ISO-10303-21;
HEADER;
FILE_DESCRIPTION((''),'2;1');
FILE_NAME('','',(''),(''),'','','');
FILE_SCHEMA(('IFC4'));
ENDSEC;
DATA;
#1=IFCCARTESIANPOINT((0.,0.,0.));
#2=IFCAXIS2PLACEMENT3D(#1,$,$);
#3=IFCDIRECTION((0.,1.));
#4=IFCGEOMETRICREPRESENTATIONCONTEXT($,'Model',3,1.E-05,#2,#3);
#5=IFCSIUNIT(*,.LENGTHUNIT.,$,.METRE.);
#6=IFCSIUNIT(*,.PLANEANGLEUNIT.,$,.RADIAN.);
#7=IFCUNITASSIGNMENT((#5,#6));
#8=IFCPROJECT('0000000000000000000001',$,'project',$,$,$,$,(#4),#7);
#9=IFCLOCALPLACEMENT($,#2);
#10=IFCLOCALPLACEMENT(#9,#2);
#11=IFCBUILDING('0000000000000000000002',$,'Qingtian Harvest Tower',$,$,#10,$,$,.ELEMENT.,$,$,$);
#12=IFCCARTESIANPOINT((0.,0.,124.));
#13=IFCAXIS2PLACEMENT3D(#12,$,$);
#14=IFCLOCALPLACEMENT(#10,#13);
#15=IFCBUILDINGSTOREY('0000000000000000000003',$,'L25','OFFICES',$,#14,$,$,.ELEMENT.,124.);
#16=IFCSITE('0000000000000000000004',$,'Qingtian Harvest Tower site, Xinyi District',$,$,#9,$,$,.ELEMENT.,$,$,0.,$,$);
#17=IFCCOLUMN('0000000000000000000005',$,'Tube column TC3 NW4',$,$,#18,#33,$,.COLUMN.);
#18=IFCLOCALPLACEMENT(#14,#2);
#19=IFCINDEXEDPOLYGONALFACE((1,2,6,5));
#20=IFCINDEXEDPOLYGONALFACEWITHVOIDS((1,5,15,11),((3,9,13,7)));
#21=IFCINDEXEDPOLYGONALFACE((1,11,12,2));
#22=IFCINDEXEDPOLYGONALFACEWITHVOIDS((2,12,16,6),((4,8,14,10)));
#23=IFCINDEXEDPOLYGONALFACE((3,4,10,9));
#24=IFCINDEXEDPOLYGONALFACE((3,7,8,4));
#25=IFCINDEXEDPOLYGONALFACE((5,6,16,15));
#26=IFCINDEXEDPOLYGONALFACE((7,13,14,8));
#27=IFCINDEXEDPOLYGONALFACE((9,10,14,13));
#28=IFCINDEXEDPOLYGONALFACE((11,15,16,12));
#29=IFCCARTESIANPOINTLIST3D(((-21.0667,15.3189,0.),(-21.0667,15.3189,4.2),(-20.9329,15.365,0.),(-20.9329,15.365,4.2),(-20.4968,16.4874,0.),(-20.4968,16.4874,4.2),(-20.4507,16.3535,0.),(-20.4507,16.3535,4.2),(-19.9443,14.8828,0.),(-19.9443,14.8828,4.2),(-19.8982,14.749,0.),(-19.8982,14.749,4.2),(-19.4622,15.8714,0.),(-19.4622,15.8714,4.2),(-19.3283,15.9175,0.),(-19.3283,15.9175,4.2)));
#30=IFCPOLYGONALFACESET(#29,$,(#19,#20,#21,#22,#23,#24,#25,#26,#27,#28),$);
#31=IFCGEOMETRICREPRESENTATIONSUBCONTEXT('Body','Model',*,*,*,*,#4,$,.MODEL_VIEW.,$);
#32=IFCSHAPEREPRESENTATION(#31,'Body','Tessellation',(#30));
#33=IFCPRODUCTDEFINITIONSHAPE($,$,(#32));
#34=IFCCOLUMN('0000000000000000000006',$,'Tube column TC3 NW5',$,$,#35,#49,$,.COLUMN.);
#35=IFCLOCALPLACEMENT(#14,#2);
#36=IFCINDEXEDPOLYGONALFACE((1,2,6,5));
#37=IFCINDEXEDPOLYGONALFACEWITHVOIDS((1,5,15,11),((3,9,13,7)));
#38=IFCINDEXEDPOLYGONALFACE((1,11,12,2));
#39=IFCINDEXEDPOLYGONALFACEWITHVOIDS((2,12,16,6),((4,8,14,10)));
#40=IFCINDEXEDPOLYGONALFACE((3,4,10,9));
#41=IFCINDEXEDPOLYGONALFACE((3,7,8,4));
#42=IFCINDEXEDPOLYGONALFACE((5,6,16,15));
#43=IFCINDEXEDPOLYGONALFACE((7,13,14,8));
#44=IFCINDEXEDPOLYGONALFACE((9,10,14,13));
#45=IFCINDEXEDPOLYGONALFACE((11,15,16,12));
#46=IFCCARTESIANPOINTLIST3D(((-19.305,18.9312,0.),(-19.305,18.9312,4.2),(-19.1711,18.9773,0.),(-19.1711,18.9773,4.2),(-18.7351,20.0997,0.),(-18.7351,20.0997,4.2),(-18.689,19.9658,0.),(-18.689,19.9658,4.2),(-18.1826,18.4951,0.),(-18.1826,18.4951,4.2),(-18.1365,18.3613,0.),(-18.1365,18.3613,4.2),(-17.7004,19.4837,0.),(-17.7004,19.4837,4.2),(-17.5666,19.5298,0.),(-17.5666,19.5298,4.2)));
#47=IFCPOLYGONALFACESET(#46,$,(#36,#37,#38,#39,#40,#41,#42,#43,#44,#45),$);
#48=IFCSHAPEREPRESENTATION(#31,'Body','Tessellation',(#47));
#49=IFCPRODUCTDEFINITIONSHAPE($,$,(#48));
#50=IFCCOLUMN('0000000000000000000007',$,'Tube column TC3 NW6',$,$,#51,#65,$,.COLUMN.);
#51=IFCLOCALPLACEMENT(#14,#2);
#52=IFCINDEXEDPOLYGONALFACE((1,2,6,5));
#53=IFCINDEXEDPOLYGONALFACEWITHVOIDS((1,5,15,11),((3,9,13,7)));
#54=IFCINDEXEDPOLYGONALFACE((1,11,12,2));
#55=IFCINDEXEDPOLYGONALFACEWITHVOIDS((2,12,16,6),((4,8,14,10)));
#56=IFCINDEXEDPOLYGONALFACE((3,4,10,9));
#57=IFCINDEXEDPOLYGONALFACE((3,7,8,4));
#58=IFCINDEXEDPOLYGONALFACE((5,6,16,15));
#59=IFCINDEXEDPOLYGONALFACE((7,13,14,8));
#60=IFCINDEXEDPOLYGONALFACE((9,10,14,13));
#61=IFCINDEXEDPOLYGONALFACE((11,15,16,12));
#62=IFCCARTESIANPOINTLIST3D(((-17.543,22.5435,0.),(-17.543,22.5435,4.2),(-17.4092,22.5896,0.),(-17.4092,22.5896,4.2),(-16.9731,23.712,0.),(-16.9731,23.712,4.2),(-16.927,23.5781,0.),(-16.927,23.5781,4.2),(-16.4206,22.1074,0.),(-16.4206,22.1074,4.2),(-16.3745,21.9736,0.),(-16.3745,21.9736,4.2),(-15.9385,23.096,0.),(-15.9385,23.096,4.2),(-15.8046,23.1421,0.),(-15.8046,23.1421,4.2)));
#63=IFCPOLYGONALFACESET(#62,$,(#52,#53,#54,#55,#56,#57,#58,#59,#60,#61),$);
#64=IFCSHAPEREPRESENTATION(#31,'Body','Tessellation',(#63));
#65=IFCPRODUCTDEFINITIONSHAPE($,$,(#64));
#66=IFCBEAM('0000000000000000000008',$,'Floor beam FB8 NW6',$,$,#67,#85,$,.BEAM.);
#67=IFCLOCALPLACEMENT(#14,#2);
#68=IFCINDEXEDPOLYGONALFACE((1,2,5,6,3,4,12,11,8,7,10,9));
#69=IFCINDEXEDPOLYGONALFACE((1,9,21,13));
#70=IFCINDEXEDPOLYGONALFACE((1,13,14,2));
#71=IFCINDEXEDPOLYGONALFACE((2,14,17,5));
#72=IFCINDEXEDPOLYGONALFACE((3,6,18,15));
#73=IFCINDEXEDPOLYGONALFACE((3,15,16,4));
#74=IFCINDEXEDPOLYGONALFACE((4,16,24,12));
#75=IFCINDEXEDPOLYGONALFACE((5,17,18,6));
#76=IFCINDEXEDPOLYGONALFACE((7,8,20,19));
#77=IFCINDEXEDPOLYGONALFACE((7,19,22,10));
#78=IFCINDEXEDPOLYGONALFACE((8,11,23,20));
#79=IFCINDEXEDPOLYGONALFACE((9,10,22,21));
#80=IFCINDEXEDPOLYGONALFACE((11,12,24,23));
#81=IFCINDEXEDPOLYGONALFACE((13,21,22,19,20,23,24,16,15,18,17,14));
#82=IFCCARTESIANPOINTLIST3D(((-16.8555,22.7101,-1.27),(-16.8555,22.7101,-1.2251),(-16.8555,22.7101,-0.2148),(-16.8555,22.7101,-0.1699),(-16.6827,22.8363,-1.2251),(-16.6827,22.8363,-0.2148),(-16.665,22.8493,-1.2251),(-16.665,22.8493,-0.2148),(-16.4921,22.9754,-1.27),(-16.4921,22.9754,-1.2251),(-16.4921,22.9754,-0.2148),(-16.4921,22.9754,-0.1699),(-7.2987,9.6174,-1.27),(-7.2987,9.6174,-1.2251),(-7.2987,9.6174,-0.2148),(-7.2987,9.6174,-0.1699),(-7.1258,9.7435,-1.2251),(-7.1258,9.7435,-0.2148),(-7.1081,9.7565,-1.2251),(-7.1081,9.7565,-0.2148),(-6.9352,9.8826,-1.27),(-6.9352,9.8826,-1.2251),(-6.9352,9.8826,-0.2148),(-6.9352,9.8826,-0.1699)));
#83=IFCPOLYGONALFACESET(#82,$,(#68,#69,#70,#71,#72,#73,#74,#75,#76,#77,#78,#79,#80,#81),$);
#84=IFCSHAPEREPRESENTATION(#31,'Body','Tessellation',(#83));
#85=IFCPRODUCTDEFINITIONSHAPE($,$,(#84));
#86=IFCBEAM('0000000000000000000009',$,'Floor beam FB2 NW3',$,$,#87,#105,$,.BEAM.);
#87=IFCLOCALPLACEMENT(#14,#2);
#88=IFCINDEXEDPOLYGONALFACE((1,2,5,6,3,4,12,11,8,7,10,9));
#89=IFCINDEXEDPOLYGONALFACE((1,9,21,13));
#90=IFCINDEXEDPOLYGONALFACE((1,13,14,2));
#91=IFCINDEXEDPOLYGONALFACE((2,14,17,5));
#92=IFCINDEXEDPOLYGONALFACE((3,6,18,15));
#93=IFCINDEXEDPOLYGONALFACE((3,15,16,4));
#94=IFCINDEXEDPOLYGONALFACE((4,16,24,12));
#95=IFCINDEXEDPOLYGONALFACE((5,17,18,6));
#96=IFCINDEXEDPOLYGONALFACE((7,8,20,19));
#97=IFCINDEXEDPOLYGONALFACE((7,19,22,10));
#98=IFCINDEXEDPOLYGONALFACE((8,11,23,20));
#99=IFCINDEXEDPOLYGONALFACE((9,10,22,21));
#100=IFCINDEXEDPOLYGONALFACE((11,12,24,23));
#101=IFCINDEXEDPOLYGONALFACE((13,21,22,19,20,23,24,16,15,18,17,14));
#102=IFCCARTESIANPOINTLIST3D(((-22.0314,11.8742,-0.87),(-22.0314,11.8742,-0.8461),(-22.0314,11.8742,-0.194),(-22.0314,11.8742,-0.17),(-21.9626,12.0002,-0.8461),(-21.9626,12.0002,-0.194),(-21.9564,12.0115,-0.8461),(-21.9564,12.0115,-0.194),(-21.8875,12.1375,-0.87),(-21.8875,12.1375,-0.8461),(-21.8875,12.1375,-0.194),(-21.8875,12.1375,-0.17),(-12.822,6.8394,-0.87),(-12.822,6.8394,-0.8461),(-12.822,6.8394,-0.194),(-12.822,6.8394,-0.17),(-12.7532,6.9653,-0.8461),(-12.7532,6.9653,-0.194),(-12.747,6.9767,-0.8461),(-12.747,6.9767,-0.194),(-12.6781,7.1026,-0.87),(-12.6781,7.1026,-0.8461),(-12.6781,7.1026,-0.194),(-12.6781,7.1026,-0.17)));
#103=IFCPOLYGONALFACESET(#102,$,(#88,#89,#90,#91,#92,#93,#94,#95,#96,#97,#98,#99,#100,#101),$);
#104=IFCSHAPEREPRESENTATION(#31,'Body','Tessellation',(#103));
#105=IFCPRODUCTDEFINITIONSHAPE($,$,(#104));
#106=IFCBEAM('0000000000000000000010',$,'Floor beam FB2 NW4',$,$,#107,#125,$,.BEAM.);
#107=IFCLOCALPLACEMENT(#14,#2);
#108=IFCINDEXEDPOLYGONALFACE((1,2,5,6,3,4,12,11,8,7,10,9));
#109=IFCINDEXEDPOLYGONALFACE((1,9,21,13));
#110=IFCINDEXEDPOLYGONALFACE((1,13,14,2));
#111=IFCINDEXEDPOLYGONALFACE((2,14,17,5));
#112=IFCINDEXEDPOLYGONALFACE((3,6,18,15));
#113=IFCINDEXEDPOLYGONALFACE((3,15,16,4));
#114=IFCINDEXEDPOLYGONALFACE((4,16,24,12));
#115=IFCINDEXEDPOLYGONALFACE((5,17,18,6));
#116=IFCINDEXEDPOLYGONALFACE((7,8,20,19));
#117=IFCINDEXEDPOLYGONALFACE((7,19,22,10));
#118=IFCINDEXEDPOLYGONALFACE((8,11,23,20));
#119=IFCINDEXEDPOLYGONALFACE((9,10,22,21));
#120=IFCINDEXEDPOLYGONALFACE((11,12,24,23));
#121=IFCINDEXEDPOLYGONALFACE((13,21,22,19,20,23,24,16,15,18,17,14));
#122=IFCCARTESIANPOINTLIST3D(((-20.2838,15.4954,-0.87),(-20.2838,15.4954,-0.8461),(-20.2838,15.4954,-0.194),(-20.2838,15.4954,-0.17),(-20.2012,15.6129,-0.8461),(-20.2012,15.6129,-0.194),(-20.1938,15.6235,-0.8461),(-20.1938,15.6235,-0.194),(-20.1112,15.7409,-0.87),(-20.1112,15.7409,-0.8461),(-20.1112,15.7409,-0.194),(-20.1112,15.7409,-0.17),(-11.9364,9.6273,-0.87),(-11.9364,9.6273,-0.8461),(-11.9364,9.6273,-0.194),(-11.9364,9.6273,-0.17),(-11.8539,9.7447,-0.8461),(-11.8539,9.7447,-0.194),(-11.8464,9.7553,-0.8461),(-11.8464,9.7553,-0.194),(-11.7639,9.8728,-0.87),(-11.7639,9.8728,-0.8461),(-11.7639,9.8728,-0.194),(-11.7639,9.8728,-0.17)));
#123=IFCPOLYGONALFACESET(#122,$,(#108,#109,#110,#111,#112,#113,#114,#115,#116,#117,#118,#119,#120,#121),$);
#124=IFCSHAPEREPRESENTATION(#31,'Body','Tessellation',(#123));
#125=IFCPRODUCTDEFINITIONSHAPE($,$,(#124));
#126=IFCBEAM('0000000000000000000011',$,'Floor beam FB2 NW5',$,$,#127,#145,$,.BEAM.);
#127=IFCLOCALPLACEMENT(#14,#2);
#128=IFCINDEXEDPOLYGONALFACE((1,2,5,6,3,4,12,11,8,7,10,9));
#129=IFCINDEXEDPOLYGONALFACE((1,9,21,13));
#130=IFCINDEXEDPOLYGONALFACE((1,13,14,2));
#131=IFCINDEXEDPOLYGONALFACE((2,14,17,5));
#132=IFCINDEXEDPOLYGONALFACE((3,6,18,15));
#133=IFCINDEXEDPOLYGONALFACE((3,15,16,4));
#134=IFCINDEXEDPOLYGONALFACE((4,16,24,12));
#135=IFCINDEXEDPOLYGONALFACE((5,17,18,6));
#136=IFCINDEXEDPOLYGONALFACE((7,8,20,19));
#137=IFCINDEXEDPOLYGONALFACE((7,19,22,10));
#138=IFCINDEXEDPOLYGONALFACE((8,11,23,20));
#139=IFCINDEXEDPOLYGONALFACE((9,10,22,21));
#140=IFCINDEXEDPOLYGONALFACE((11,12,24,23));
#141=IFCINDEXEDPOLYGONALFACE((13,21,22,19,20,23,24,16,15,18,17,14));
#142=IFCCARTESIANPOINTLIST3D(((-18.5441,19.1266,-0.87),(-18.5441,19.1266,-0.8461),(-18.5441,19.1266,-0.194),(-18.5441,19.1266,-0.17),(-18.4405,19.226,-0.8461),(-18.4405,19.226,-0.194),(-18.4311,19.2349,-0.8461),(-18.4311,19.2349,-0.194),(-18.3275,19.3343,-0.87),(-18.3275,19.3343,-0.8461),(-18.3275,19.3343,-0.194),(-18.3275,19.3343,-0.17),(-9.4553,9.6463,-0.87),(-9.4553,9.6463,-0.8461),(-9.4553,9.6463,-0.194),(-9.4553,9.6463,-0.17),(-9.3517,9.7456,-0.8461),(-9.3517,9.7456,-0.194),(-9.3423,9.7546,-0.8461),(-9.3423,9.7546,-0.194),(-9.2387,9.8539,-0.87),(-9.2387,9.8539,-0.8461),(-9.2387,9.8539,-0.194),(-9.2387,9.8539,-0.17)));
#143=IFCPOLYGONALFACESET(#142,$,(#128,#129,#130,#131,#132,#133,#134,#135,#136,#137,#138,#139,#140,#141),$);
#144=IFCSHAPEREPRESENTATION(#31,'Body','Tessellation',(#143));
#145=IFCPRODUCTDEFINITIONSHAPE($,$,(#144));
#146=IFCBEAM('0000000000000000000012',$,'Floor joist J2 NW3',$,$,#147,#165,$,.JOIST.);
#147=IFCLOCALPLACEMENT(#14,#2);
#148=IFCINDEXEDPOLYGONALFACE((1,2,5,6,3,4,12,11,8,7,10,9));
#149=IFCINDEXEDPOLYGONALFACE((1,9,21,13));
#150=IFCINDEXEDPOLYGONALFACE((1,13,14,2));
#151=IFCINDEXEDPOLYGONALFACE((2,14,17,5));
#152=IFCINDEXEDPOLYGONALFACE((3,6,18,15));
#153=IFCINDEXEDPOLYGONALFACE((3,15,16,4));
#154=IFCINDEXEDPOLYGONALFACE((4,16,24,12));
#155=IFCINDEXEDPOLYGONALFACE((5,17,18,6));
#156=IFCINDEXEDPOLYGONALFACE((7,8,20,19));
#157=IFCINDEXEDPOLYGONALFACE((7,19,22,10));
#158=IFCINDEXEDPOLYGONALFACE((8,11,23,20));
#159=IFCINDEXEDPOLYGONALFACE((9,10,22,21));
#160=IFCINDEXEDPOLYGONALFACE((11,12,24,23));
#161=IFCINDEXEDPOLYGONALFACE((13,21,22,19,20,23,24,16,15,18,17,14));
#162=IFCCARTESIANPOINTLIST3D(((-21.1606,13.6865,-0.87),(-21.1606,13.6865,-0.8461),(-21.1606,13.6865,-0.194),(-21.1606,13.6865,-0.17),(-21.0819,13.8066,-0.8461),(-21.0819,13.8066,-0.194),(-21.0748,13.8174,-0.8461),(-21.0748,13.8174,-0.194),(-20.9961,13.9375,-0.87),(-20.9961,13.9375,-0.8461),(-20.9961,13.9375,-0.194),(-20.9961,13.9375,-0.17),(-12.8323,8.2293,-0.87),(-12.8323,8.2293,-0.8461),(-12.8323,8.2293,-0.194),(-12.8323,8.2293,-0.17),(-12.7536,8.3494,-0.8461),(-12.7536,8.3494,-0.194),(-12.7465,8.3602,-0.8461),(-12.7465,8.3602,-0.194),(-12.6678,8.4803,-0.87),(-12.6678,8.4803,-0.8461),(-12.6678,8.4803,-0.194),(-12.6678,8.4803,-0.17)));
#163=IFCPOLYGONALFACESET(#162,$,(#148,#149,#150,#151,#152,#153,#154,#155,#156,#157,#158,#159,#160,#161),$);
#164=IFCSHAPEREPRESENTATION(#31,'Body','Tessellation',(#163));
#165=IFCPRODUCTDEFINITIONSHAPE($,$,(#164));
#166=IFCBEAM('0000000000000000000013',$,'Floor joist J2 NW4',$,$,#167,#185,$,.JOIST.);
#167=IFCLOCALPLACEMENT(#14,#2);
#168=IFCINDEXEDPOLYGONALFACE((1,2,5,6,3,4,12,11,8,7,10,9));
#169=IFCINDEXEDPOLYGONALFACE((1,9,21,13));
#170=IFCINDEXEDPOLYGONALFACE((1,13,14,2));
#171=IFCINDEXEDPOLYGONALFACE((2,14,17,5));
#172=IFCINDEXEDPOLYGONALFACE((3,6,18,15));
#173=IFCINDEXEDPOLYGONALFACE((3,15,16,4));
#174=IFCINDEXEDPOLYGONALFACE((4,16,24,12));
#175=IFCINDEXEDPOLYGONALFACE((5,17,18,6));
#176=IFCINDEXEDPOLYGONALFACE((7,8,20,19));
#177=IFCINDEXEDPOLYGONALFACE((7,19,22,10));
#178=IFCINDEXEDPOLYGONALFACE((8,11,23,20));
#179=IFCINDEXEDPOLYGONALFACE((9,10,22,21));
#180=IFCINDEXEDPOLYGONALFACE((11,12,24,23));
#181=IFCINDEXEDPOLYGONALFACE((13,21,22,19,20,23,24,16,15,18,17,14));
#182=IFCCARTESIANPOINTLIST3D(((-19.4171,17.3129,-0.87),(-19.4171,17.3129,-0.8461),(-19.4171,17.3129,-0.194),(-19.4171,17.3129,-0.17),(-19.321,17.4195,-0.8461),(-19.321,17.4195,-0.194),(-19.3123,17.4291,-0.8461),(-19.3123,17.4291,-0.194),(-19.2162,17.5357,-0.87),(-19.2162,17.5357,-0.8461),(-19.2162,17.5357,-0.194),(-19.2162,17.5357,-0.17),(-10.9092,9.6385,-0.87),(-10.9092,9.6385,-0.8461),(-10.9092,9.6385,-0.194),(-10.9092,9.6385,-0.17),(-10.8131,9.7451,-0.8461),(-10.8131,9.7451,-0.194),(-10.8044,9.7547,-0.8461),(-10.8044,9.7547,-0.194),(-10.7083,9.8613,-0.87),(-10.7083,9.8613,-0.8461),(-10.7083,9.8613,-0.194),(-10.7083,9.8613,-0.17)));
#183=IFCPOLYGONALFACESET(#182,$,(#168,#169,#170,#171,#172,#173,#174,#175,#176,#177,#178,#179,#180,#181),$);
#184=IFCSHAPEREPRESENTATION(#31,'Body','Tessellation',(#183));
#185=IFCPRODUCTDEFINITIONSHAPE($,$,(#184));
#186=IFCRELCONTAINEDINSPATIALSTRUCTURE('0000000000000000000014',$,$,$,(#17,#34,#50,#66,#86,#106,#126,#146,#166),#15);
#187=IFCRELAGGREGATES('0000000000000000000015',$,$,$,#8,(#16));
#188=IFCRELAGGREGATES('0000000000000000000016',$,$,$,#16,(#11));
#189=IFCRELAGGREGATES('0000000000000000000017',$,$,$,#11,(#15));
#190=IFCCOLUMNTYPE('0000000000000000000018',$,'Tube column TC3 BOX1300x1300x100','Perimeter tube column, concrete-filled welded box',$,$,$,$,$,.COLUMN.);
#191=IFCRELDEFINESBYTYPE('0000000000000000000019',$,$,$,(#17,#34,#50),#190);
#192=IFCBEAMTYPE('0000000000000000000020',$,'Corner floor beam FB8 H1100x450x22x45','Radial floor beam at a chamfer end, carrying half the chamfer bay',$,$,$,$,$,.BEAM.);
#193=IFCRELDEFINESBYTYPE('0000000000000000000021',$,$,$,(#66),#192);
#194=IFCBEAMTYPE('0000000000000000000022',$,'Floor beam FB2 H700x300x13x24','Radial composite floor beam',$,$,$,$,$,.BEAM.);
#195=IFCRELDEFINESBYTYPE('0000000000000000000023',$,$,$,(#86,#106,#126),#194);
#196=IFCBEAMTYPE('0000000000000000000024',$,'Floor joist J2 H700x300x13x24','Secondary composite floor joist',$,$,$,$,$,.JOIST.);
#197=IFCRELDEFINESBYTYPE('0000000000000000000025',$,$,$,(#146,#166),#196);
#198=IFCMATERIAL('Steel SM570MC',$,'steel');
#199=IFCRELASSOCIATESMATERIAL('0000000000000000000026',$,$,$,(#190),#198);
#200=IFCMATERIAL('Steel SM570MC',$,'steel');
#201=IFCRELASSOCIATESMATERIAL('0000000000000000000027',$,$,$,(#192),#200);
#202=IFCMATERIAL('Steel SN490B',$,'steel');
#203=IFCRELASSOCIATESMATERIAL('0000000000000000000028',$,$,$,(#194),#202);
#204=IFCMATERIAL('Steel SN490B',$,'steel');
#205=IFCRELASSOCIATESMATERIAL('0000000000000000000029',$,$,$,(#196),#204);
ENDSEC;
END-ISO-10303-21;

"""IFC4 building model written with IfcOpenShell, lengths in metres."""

from ifc_helpers import new_model, si_unit, direction, frame, origin, origin_2d, place, context, subcontext, project, spatial, hollow_rectangle, i_section, extrude, material, material_profile, profile_set, type_object, element, save


model = new_model("IFC4")

# Units and contexts
model_context = context("Model", 3, precision=1e-05, world=origin(), true_north=direction((0.0, 1.0)))
body_context = subcontext(model_context, "Body", "Model", "MODEL_VIEW")
ifc_project = project(units=[si_unit("LENGTHUNIT", "METRE"), si_unit("PLANEANGLEUNIT", "RADIAN")], contexts=[model_context])

# Site, building, storey
site_placement = place(None, origin())
site = spatial("IfcSite", under=ifc_project, at=site_placement, Name="Qingtian Harvest Tower site, Xinyi District", CompositionType="ELEMENT", RefElevation=0.0)
building_placement = place(site_placement, origin())
building = spatial("IfcBuilding", under=site, at=building_placement, Name="Qingtian Harvest Tower", CompositionType="ELEMENT")
storey_placement = place(building_placement, frame((0.0, 0.0, 124.0)))
storey = spatial("IfcBuildingStorey", under=building, at=storey_placement, Name="L25", Description="OFFICES", CompositionType="ELEMENT", Elevation=124.0)

# Columns
ifc_material_1 = material(Name="Steel SM570MC", Category="steel")
ifc_material_profile_1 = material_profile(ifc_material_1, hollow_rectangle(XDim=1.3, YDim=1.3, WallThickness=0.1001, at=origin_2d()), Name="BOX1300x1300x100")
ifc_profile_set_1 = profile_set([ifc_material_profile_1], Name="Steel SM570MC")
column_type = type_object("IfcColumnType", Name="Tube column TC3 BOX1300x1300x100", Description="Perimeter tube column, concrete-filled welded box", PredefinedType="COLUMN", material=ifc_profile_set_1)
for number, where, z_axis, x_axis, name in (
    (1, (-20.1975, 15.6182, 0.0), (0.0, 0.0, 1.0), (-0.438371, -0.898794, 0.0), "Tube column TC3 NW4"),
    (2, (-18.4358, 19.2305, 0.0), (0.0, 0.0, 1.0), (-0.438371, -0.898794, 0.0), "Tube column TC3 NW5"),
    (3, (-16.6738, 22.8428, 0.0), (0.0, 0.0, 1.0), (-0.438371, -0.898794, 0.0), "Tube column TC3 NW6"),
):
    element("IfcColumn", number, at=place(storey_placement, frame(where, z_axis=z_axis, x_axis=x_axis)), inside=storey, type_object=column_type, Name=name, PredefinedType="COLUMN", context=body_context, shape_type="SweptSolid", body=[
        extrude(hollow_rectangle(XDim=1.3, YDim=1.3, WallThickness=0.1001, at=origin_2d()), origin(), (0.0, 0.0, 1.0), 4.2),
    ])

# Beams
ifc_material_2 = material(Name="Steel SM570MC", Category="steel")
ifc_material_profile_2 = material_profile(ifc_material_2, i_section(OverallWidth=0.45, OverallDepth=1.1001, WebThickness=0.022, FlangeThickness=0.0449, at=origin_2d()), Name="H1100x450x22x45")
ifc_profile_set_2 = profile_set([ifc_material_profile_2], Name="Steel SM570MC")
beam_type_1 = type_object("IfcBeamType", Name="Corner floor beam FB8 H1100x450x22x45", Description="Radial floor beam at a chamfer end, carrying half the chamfer bay", PredefinedType="BEAM", material=ifc_profile_set_2)
beam_1_placement = place(storey_placement, frame((-16.6738, 22.8428, -0.72), z_axis=(0.589578, -0.807712, 0.0), x_axis=(0.807712, 0.589578, 0.0)))
element("IfcBeam", 4, at=beam_1_placement, inside=storey, type_object=beam_type_1, Name="Floor beam FB8 NW6", PredefinedType="BEAM", context=body_context, shape_type="SweptSolid", body=[
    extrude(i_section(OverallWidth=0.45, OverallDepth=1.1001, WebThickness=0.022, FlangeThickness=0.0449, at=origin_2d()), origin(), (0.0, 0.0, 1.0), 16.2097),
])
ifc_material_3 = material(Name="Steel SN490B", Category="steel")
ifc_material_profile_3 = material_profile(ifc_material_3, i_section(OverallWidth=0.3, OverallDepth=0.7, WebThickness=0.0129, FlangeThickness=0.0239, at=origin_2d()), Name="H700x300x13x24")
ifc_profile_set_3 = profile_set([ifc_material_profile_3], Name="Steel SN490B")
beam_type_2 = type_object("IfcBeamType", Name="Floor beam FB2 H700x300x13x24", Description="Radial composite floor beam", PredefinedType="BEAM", material=ifc_profile_set_3)
beam_2_placement = place(storey_placement, frame((-21.9595, 12.0059, -0.52), z_axis=(0.877432, -0.479701, 0.0), x_axis=(0.479701, 0.877432, 0.0)))
element("IfcBeam", 5, at=beam_2_placement, inside=storey, type_object=beam_type_2, Name="Floor beam FB2 NW3", PredefinedType="BEAM", context=body_context, shape_type="SweptSolid", body=[
    extrude(i_section(OverallWidth=0.3, OverallDepth=0.7, WebThickness=0.0129, FlangeThickness=0.0239, at=origin_2d()), origin(), (0.0, 0.0, 1.0), 10.4958),
])
beam_3_placement = place(storey_placement, frame((-20.1975, 15.6182, -0.52), z_axis=(0.81808, -0.575104, 0.0), x_axis=(0.575104, 0.81808, 0.0)))
element("IfcBeam", 6, at=beam_3_placement, inside=storey, type_object=beam_type_2, Name="Floor beam FB2 NW4", PredefinedType="BEAM", context=body_context, shape_type="SweptSolid", body=[
    extrude(i_section(OverallWidth=0.3, OverallDepth=0.7, WebThickness=0.0129, FlangeThickness=0.0239, at=origin_2d()), origin(), (0.0, 0.0, 1.0), 10.2036),
])
beam_4_placement = place(storey_placement, frame((-18.4358, 19.2305, -0.52), z_axis=(0.692041, -0.721858, 0.0), x_axis=(0.721858, 0.692041, 0.0)))
element("IfcBeam", 7, at=beam_4_placement, inside=storey, type_object=beam_type_2, Name="Floor beam FB2 NW5", PredefinedType="BEAM", context=body_context, shape_type="SweptSolid", body=[
    extrude(i_section(OverallWidth=0.3, OverallDepth=0.7, WebThickness=0.0129, FlangeThickness=0.0239, at=origin_2d()), origin(), (0.0, 0.0, 1.0), 13.1333),
])
ifc_material_4 = material(Name="Steel SN490B", Category="steel")
ifc_material_profile_4 = material_profile(ifc_material_4, i_section(OverallWidth=0.3, OverallDepth=0.7, WebThickness=0.0129, FlangeThickness=0.0239, at=origin_2d()), Name="H700x300x13x24")
ifc_profile_set_4 = profile_set([ifc_material_profile_4], Name="Steel SN490B")
beam_type_3 = type_object("IfcBeamType", Name="Floor joist J2 H700x300x13x24", Description="Secondary composite floor joist", PredefinedType="JOIST", material=ifc_profile_set_4)
beam_5_placement = place(storey_placement, frame((-21.0784, 13.812, -0.52), z_axis=(0.836426, -0.548079, 0.0), x_axis=(0.548079, 0.836426, 0.0)))
element("IfcBeam", 8, at=beam_5_placement, inside=storey, type_object=beam_type_3, Name="Floor joist J2 NW3", PredefinedType="JOIST", context=body_context, shape_type="SweptSolid", body=[
    extrude(i_section(OverallWidth=0.3, OverallDepth=0.7, WebThickness=0.0129, FlangeThickness=0.0239, at=origin_2d()), origin(), (0.0, 0.0, 1.0), 9.957),
])
beam_6_placement = place(storey_placement, frame((-19.3167, 17.4243, -0.52), z_axis=(0.742544, -0.669798, 0.0), x_axis=(0.669798, 0.742544, 0.0)))
element("IfcBeam", 9, at=beam_6_placement, inside=storey, type_object=beam_type_3, Name="Floor joist J2 NW4", PredefinedType="JOIST", context=body_context, shape_type="SweptSolid", body=[
    extrude(i_section(OverallWidth=0.3, OverallDepth=0.7, WebThickness=0.0129, FlangeThickness=0.0239, at=origin_2d()), origin(), (0.0, 0.0, 1.0), 11.4578),
])

save(model, "model.ifc")
